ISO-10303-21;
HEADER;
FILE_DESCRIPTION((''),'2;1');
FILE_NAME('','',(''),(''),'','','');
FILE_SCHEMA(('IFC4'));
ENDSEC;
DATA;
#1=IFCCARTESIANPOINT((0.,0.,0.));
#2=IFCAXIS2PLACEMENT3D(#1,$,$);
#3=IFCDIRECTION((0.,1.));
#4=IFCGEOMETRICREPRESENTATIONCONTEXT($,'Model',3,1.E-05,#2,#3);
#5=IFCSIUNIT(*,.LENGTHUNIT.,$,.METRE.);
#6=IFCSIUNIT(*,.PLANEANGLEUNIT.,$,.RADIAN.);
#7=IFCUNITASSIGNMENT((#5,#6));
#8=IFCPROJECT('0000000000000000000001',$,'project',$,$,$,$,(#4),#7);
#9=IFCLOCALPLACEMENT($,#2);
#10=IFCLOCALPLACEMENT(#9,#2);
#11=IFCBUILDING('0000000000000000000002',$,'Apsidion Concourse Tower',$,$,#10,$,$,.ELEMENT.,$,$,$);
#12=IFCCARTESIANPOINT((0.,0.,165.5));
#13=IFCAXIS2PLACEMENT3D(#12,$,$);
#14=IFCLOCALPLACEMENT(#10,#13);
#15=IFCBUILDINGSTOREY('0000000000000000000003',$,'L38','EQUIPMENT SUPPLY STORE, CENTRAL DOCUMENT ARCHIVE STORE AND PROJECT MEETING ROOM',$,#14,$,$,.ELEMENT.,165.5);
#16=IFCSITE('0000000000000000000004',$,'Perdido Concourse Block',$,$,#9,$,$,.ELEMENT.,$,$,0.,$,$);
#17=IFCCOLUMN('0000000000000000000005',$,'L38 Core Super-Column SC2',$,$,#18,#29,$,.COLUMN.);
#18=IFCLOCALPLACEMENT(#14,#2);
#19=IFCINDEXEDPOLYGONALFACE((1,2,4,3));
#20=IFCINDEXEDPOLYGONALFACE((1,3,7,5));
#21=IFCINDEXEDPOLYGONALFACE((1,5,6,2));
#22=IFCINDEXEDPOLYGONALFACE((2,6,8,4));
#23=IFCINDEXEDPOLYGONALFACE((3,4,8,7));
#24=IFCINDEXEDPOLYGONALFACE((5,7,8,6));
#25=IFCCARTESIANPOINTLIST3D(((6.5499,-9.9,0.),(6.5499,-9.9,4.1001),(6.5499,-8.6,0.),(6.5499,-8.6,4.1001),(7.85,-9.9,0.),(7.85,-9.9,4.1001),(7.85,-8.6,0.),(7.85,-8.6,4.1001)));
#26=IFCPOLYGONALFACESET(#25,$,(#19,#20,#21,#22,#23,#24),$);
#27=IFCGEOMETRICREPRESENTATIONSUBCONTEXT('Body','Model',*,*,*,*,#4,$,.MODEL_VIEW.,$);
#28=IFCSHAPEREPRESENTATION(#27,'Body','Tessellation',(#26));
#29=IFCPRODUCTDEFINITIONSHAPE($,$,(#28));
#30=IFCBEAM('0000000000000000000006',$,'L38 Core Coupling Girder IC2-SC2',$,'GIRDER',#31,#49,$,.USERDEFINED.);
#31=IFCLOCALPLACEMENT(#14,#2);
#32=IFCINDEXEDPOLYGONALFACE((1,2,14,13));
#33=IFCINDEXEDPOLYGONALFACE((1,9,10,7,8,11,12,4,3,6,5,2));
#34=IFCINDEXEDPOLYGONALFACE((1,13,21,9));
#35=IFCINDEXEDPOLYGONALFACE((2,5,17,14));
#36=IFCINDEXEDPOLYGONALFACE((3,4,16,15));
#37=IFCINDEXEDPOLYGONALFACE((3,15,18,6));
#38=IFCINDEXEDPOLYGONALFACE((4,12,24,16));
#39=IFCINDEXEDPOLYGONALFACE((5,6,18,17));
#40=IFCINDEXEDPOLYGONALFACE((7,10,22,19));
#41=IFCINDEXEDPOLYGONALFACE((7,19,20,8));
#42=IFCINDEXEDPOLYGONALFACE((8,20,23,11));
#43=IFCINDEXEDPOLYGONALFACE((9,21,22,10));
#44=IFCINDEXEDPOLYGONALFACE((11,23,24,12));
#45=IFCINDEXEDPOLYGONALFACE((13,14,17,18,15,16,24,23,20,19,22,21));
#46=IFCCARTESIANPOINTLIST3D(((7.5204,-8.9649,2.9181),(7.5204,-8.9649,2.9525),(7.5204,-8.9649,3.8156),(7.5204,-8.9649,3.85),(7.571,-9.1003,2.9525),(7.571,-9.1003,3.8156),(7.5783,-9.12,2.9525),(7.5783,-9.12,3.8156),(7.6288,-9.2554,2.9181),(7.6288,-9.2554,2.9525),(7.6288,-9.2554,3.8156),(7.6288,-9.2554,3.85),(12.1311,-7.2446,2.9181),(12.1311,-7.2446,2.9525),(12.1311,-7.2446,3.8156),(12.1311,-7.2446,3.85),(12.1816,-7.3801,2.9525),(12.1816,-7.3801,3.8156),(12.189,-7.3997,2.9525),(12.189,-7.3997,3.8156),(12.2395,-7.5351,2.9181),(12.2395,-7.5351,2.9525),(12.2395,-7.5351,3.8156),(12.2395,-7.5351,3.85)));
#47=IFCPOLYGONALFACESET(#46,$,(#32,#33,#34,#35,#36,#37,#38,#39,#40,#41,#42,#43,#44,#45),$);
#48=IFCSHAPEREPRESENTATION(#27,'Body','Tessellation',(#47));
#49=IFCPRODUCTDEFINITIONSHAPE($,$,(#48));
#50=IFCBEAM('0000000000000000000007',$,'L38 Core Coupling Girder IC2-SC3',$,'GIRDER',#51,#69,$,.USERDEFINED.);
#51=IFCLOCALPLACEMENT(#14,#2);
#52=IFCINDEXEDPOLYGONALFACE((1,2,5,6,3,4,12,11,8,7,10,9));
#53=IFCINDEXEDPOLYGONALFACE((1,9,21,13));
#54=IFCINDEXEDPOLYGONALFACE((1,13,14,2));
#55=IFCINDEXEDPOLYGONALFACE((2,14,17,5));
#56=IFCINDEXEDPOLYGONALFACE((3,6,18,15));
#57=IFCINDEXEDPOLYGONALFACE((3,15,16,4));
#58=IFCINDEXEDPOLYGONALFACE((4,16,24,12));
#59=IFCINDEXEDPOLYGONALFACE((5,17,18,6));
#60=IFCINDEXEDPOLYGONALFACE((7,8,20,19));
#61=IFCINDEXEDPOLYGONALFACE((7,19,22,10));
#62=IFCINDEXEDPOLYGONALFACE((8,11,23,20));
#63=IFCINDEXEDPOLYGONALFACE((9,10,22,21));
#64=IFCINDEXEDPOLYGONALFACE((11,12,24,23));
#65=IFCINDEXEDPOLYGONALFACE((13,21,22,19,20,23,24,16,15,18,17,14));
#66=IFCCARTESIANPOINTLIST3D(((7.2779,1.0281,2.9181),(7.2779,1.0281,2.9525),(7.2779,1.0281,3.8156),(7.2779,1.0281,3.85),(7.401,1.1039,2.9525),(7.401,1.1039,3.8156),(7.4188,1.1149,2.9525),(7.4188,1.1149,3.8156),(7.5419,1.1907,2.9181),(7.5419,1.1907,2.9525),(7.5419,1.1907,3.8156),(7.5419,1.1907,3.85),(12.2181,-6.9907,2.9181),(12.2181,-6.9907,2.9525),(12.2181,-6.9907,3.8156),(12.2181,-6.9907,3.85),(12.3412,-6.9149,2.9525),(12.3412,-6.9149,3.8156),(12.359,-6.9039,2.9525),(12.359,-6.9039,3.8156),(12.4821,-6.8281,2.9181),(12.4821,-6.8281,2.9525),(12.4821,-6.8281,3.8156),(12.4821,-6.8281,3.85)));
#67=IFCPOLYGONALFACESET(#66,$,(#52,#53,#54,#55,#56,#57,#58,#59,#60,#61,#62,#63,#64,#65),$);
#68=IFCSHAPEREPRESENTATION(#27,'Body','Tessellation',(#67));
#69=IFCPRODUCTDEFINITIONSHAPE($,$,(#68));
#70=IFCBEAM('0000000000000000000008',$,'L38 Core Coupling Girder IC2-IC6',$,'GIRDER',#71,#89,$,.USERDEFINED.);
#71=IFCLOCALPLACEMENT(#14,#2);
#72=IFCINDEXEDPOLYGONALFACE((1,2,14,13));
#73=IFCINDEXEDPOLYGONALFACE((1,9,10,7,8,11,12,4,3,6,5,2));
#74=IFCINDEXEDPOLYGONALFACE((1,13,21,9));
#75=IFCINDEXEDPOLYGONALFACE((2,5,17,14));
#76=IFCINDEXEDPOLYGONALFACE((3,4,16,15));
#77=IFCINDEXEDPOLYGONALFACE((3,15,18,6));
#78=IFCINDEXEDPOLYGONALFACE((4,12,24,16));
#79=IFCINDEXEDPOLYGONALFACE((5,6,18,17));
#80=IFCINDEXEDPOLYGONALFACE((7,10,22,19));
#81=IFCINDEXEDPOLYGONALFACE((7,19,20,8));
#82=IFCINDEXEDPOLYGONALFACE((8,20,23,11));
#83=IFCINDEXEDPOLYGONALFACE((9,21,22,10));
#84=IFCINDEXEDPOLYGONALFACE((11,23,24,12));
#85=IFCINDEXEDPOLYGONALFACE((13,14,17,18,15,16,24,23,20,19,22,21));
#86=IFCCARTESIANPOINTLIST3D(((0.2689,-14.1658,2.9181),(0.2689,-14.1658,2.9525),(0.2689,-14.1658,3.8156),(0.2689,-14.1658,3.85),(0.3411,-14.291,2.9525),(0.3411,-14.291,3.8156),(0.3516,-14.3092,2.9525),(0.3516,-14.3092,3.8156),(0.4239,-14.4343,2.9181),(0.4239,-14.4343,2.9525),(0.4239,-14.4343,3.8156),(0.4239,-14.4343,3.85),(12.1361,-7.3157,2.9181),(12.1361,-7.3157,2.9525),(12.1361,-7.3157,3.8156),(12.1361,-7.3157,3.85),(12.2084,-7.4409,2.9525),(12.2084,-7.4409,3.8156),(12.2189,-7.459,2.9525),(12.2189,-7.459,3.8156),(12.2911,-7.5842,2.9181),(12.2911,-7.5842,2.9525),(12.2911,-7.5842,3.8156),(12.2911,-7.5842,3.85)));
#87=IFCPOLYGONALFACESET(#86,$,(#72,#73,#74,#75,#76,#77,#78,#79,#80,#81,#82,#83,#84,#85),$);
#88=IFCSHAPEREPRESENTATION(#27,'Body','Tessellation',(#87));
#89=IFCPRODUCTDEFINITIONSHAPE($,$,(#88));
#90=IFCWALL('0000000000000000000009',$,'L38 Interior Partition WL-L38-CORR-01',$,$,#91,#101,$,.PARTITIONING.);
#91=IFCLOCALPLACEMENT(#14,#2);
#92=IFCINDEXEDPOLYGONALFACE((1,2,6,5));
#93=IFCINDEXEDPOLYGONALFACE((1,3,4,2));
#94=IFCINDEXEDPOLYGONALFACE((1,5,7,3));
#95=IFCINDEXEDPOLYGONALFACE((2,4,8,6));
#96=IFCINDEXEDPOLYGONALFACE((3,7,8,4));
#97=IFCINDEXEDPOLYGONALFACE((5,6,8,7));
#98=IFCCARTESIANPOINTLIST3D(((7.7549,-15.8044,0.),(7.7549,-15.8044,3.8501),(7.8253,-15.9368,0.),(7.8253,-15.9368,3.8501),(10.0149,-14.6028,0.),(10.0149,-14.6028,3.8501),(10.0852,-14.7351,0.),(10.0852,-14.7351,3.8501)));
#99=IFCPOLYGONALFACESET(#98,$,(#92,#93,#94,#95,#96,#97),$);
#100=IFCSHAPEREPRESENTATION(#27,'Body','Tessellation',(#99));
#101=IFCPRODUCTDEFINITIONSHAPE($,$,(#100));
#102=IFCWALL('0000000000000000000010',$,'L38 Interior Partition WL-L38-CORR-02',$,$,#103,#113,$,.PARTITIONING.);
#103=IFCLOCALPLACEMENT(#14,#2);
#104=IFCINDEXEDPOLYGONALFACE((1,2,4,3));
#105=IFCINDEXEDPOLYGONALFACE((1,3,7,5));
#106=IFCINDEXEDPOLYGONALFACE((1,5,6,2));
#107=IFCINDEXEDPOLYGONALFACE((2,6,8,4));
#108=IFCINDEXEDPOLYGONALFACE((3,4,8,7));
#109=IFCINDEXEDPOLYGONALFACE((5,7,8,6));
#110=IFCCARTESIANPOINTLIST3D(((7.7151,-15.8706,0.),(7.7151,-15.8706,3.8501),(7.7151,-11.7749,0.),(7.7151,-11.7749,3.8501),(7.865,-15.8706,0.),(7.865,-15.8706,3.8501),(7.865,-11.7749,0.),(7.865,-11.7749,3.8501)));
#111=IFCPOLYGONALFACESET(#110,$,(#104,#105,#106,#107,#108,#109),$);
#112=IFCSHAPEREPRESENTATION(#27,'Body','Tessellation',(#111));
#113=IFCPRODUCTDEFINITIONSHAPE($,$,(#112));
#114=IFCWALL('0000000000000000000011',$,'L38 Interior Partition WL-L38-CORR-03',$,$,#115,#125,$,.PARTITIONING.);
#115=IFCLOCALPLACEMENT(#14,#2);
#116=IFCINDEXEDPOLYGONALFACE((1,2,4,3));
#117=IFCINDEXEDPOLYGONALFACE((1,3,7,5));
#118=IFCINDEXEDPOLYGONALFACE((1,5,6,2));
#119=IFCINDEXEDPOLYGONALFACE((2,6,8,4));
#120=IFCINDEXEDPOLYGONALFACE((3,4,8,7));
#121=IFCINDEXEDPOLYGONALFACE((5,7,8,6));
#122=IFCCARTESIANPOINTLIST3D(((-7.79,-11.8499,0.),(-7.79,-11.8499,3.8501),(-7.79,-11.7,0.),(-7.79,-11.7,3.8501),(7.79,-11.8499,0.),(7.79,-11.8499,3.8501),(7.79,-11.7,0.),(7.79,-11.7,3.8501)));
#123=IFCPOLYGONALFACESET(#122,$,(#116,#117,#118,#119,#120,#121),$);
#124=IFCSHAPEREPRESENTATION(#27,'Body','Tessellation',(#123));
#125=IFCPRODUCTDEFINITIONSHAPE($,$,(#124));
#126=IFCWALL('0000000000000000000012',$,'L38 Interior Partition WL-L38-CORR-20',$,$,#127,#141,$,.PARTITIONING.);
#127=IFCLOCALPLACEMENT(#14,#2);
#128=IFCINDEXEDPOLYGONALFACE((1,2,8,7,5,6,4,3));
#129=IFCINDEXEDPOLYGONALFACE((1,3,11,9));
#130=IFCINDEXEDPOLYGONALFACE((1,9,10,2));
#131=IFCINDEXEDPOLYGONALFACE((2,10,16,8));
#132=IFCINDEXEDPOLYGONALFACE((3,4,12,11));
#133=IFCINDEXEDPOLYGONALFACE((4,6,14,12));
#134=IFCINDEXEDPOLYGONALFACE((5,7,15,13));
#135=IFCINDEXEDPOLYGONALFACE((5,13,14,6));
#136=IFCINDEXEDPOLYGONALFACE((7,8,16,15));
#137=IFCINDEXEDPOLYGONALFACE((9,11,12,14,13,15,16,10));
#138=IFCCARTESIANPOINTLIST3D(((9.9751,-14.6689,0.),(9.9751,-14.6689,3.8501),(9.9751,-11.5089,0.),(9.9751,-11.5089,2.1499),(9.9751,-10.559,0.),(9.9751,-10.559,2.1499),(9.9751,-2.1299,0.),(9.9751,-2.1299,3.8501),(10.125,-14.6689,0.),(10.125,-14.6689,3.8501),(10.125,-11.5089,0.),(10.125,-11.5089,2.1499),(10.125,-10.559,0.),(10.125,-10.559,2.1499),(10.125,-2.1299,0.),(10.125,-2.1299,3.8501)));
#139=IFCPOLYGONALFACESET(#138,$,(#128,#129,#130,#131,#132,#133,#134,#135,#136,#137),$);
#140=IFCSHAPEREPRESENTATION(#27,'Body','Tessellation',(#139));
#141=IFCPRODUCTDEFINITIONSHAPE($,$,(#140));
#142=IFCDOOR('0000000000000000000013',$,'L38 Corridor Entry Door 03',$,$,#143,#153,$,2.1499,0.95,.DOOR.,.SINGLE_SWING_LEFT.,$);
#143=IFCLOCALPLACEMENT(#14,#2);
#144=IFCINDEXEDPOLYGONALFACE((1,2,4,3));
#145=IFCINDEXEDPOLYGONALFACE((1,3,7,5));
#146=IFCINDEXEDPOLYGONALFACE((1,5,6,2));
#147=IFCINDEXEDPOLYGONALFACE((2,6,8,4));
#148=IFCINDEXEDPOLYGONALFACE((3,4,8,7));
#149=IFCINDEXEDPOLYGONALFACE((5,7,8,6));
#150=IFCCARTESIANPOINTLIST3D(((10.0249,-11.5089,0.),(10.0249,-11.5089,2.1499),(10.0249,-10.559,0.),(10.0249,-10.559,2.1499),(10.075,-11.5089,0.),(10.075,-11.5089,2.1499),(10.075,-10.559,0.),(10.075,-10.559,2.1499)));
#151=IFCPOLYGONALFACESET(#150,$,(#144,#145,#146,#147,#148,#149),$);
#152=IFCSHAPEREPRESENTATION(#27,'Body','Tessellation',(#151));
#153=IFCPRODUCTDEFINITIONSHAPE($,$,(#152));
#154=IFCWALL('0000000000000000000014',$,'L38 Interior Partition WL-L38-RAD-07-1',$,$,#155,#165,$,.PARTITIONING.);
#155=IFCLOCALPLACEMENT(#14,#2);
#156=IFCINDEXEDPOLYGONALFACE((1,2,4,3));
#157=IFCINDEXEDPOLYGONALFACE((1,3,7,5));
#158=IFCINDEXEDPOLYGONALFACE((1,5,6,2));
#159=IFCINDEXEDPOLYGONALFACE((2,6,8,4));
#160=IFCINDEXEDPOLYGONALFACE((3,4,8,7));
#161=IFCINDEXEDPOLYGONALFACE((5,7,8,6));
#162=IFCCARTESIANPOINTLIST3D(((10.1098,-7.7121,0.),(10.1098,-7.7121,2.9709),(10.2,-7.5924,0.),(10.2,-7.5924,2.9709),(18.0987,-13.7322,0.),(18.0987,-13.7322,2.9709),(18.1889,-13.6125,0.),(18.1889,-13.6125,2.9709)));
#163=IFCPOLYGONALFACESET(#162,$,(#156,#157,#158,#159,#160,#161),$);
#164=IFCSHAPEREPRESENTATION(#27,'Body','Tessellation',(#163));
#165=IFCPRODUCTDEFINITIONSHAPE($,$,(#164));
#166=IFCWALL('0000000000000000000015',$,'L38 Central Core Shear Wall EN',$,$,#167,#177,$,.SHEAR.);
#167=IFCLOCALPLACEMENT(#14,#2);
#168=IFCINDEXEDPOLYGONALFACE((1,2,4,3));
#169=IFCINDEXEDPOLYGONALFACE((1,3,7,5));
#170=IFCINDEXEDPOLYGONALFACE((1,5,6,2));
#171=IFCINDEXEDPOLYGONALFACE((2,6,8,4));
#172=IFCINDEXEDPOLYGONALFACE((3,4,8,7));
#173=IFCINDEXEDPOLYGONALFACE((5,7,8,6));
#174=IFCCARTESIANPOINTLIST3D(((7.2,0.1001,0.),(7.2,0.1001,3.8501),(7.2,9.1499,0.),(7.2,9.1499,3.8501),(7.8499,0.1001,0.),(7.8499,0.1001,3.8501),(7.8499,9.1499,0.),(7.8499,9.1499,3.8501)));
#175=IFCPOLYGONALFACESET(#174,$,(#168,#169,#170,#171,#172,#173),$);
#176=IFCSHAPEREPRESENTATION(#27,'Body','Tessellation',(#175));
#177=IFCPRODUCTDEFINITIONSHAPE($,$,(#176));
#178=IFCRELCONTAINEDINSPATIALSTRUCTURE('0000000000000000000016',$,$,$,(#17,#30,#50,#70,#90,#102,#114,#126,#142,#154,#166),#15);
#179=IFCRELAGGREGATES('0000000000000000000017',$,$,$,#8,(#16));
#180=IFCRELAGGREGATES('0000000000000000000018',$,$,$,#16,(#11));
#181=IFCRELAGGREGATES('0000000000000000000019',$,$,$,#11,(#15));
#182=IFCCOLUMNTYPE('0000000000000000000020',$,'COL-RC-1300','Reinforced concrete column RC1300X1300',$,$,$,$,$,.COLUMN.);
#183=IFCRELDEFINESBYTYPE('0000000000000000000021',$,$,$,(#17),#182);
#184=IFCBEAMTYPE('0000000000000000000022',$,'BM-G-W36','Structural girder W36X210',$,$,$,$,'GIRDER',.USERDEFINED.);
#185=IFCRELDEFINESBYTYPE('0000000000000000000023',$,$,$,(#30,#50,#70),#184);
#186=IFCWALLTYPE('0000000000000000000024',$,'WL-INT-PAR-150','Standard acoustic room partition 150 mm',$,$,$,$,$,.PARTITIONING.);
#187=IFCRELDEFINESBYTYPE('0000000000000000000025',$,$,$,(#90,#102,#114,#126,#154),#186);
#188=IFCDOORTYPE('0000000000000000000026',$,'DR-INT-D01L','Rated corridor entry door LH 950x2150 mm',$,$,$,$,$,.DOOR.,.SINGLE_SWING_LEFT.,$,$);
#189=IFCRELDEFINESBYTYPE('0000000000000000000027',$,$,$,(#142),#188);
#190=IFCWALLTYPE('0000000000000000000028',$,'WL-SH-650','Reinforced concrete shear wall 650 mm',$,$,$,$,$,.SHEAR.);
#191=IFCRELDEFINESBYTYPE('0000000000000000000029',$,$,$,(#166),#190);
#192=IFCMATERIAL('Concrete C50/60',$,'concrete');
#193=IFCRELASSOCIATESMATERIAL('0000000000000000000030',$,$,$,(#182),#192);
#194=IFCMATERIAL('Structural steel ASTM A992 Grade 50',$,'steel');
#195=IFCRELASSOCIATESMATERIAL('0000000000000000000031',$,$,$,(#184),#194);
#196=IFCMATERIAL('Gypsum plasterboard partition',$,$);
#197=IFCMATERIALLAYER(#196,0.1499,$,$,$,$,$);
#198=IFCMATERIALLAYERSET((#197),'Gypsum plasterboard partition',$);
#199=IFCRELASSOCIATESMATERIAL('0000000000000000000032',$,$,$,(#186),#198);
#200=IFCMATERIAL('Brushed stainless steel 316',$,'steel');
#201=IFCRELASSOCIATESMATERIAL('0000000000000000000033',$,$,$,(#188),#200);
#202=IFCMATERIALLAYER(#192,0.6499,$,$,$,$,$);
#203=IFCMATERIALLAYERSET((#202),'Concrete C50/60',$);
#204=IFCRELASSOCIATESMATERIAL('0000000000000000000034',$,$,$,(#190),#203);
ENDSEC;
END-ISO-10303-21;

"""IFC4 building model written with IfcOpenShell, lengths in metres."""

from ifc_helpers import new_model, si_unit, direction, frame, frame_2d, origin, origin_2d, place, context, subcontext, project, spatial, rectangle, i_section, extrude, material, layer, layer_set, material_profile, profile_set, type_object, element, fill, save


model = new_model("IFC4")

# Units and contexts
model_context = context("Model", 3, precision=1e-05, world=origin(), true_north=direction((0.0, 1.0)))
body_context = subcontext(model_context, "Body", "Model", "MODEL_VIEW")
ifc_project = project(units=[si_unit("LENGTHUNIT", "METRE"), si_unit("PLANEANGLEUNIT", "RADIAN")], contexts=[model_context])

# Site, building, storey
site_placement = place(None, origin())
site = spatial("IfcSite", under=ifc_project, at=site_placement, Name="Perdido Concourse Block", CompositionType="ELEMENT", RefElevation=0.0)
building_placement = place(site_placement, origin())
building = spatial("IfcBuilding", under=site, at=building_placement, Name="Apsidion Concourse Tower", CompositionType="ELEMENT")
storey_placement = place(building_placement, frame((0.0, 0.0, 165.5)))
storey = spatial("IfcBuildingStorey", under=building, at=storey_placement, Name="L38", Description="EQUIPMENT SUPPLY STORE, CENTRAL DOCUMENT ARCHIVE STORE AND PROJECT MEETING ROOM", CompositionType="ELEMENT", Elevation=165.5)

# Column
ifc_material_1 = material(Name="Concrete C50/60", Category="concrete")
ifc_material_profile_1 = material_profile(ifc_material_1, rectangle(XDim=1.3, YDim=1.3, at=origin_2d()), Name="RC 1300x1300")
ifc_profile_set_1 = profile_set([ifc_material_profile_1], Name="Concrete C50/60")
column_type = type_object("IfcColumnType", Name="COL-RC-1300", Description="Reinforced concrete column RC1300X1300", PredefinedType="COLUMN", material=ifc_profile_set_1)
column_placement = place(storey_placement, frame((7.2, -9.25, 0.0), z_axis=(0.0, 0.0, 1.0), x_axis=(1.0, 0.0, 0.0)))
element("IfcColumn", 1, at=column_placement, inside=storey, type_object=column_type, Name="L38 Core Super-Column SC2", PredefinedType="COLUMN", context=body_context, shape_type="SweptSolid", body=[
    extrude(rectangle(XDim=1.3, YDim=1.3, at=origin_2d()), origin(), (0.0, 0.0, 1.0), 4.1001),
])

# Beams
ifc_material_2 = material(Name="Structural steel ASTM A992 Grade 50", Category="steel")
ifc_material_profile_2 = material_profile(ifc_material_2, i_section(OverallWidth=0.3101, OverallDepth=0.9319, WebThickness=0.021, FlangeThickness=0.0344, at=origin_2d()), Name="W36X210")
ifc_profile_set_2 = profile_set([ifc_material_profile_2], Name="Structural steel ASTM A992 Grade 50")
beam_type = type_object("IfcBeamType", Name="BM-G-W36", Description="Structural girder W36X210", ElementType="GIRDER", PredefinedType="USERDEFINED", material=ifc_profile_set_2)
beam_1_placement = place(storey_placement, frame((12.1853, -7.3899, 3.384), z_axis=(-0.936913, -0.349563, 0.0), x_axis=(0.349563, -0.936913, 0.0)))
element("IfcBeam", 2, at=beam_1_placement, inside=storey, type_object=beam_type, Name="L38 Core Coupling Girder IC2-SC2", ObjectType="GIRDER", PredefinedType="USERDEFINED", context=body_context, shape_type="SweptSolid", body=[
    extrude(i_section(OverallWidth=0.3101, OverallDepth=0.9319, WebThickness=0.021, FlangeThickness=0.0344, at=origin_2d()), origin(), (0.0, 0.0, 1.0), 4.9211),
])
beam_2_placement = place(storey_placement, frame((12.3501, -6.9094, 3.384), z_axis=(-0.524524, 0.851396, 0.0), x_axis=(-0.851396, -0.524524, 0.0)))
element("IfcBeam", 3, at=beam_2_placement, inside=storey, type_object=beam_type, Name="L38 Core Coupling Girder IC2-SC3", ObjectType="GIRDER", PredefinedType="USERDEFINED", context=body_context, shape_type="SweptSolid", body=[
    extrude(i_section(OverallWidth=0.3101, OverallDepth=0.9319, WebThickness=0.021, FlangeThickness=0.0344, at=origin_2d()), origin(), (0.0, 0.0, 1.0), 9.4185),
])
beam_3_placement = place(storey_placement, frame((12.2136, -7.45, 3.384), z_axis=(-0.86607, -0.499922, 0.0), x_axis=(0.499922, -0.86607, 0.0)))
element("IfcBeam", 4, at=beam_3_placement, inside=storey, type_object=beam_type, Name="L38 Core Coupling Girder IC2-IC6", ObjectType="GIRDER", PredefinedType="USERDEFINED", context=body_context, shape_type="SweptSolid", body=[
    extrude(i_section(OverallWidth=0.3101, OverallDepth=0.9319, WebThickness=0.021, FlangeThickness=0.0344, at=origin_2d()), origin(), (0.0, 0.0, 1.0), 13.7024),
])

# Walls
ifc_material_3 = material(Name="Gypsum plasterboard partition")
ifc_layer_1 = layer(ifc_material_3, 0.1499)
ifc_layer_set_1 = layer_set([ifc_layer_1], Name="Gypsum plasterboard partition")
wall_type_1 = type_object("IfcWallType", Name="WL-INT-PAR-150", Description="Standard acoustic room partition 150 mm", PredefinedType="PARTITIONING", material=ifc_layer_set_1)
wall_1_placement = place(storey_placement, frame((10.05, -14.6689, 0.0), z_axis=(0.0, 0.0, 1.0), x_axis=(-0.882949, -0.469469, 0.0)))
element("IfcWall", 5, at=wall_1_placement, inside=storey, type_object=wall_type_1, Name="L38 Interior Partition WL-L38-CORR-01", PredefinedType="PARTITIONING", context=body_context, shape_type="SweptSolid", body=[
    extrude(rectangle(XDim=2.5596, YDim=0.1499, at=frame_2d((1.2798, 0.0))), origin(), (0.0, 0.0, 1.0), 3.8501),
])
wall_2_placement = place(storey_placement, frame((7.79, -15.8706, 0.0), z_axis=(0.0, 0.0, 1.0), x_axis=(0.0, 1.0, 0.0)))
element("IfcWall", 6, at=wall_2_placement, inside=storey, type_object=wall_type_1, Name="L38 Interior Partition WL-L38-CORR-02", PredefinedType="PARTITIONING", context=body_context, shape_type="SweptSolid", body=[
    extrude(rectangle(XDim=4.0957, YDim=0.1499, at=frame_2d((2.0479, 0.0))), origin(), (0.0, 0.0, 1.0), 3.8501),
])
wall_3_placement = place(storey_placement, frame((7.79, -11.7749, 0.0), z_axis=(0.0, 0.0, 1.0), x_axis=(-1.0, 0.0, 0.0)))
element("IfcWall", 7, at=wall_3_placement, inside=storey, type_object=wall_type_1, Name="L38 Interior Partition WL-L38-CORR-03", PredefinedType="PARTITIONING", context=body_context, shape_type="SweptSolid", body=[
    extrude(rectangle(XDim=15.5801, YDim=0.1499, at=frame_2d((7.79, 0.0))), origin(), (0.0, 0.0, 1.0), 3.8501),
])

# Wall, opening, door
wall_4_placement = place(storey_placement, frame((10.05, -2.1299, 0.0), z_axis=(0.0, 0.0, 1.0), x_axis=(0.0, -1.0, 0.0)))
wall_4 = element("IfcWall", 8, at=wall_4_placement, inside=storey, type_object=wall_type_1, Name="L38 Interior Partition WL-L38-CORR-20", PredefinedType="PARTITIONING", context=body_context, shape_type="SweptSolid", body=[
    extrude(rectangle(XDim=12.5391, YDim=0.1499, at=frame_2d((6.2695, 0.0))), origin(), (0.0, 0.0, 1.0), 3.8501),
])
opening_1_placement = place(wall_4_placement, frame((8.429, 0.0, 0.0)))
opening_1 = element("IfcOpeningElement", 9, at=opening_1_placement, cuts=wall_4, PredefinedType="OPENING", context=body_context, shape_type="SweptSolid", body=[
    extrude(rectangle(XDim=0.95, YDim=2.1499, at=frame_2d((0.4751, 1.075))), frame((0.0, 0.085, 0.0), z_axis=(0.0, -1.0, 0.0), x_axis=(1.0, 0.0, 0.0)), (0.0, 0.0, 1.0), 0.1699),
])
ifc_material_4 = material(Name="Brushed stainless steel 316", Category="steel")
door_type_1 = type_object("IfcDoorType", Name="DR-INT-D01L", Description="Rated corridor entry door LH 950x2150 mm", OperationType="SINGLE_SWING_LEFT", PredefinedType="DOOR", material=ifc_material_4)
door_1_placement = place(opening_1_placement, origin())
door_1 = element("IfcDoor", 10, at=door_1_placement, inside=storey, type_object=door_type_1, Name="L38 Corridor Entry Door 03", OperationType="SINGLE_SWING_LEFT", OverallHeight=2.1499, OverallWidth=0.95, PredefinedType="DOOR", context=body_context, shape_type="SweptSolid", body=[
    extrude(rectangle(XDim=0.95, YDim=2.1499, at=frame_2d((0.4751, 1.075))), frame((0.0, 0.0249, 0.0), z_axis=(0.0, -1.0, 0.0), x_axis=(1.0, 0.0, 0.0)), (0.0, 0.0, 1.0), 0.05),
])
fill(opening_1, door_1)

# Walls
wall_5_placement = place(storey_placement, frame((10.155, -7.6523, 0.0), z_axis=(0.0, 0.0, 1.0), x_axis=(0.798633, -0.601818, 0.0)))
element("IfcWall", 11, at=wall_5_placement, inside=storey, type_object=wall_type_1, Name="L38 Interior Partition WL-L38-RAD-07-1", PredefinedType="PARTITIONING", context=body_context, shape_type="SweptSolid", body=[
    extrude(rectangle(XDim=10.0032, YDim=0.1499, at=frame_2d((5.0015, 0.0))), origin(), (0.0, 0.0, 1.0), 2.9709),
])
ifc_layer_2 = layer(ifc_material_1, 0.6499)
ifc_layer_set_2 = layer_set([ifc_layer_2], Name="Concrete C50/60")
wall_type_2 = type_object("IfcWallType", Name="WL-SH-650", Description="Reinforced concrete shear wall 650 mm", PredefinedType="SHEAR", material=ifc_layer_set_2)
wall_6_placement = place(storey_placement, frame((7.5249, 0.1001, 0.0), z_axis=(0.0, 0.0, 1.0), x_axis=(0.0, 1.0, 0.0)))
element("IfcWall", 12, at=wall_6_placement, inside=storey, type_object=wall_type_2, Name="L38 Central Core Shear Wall EN", PredefinedType="SHEAR", context=body_context, shape_type="SweptSolid", body=[
    extrude(rectangle(XDim=9.0498, YDim=0.6499, at=frame_2d((4.5249, 0.0))), origin(), (0.0, 0.0, 1.0), 3.8501),
])

save(model, "model.ifc")
